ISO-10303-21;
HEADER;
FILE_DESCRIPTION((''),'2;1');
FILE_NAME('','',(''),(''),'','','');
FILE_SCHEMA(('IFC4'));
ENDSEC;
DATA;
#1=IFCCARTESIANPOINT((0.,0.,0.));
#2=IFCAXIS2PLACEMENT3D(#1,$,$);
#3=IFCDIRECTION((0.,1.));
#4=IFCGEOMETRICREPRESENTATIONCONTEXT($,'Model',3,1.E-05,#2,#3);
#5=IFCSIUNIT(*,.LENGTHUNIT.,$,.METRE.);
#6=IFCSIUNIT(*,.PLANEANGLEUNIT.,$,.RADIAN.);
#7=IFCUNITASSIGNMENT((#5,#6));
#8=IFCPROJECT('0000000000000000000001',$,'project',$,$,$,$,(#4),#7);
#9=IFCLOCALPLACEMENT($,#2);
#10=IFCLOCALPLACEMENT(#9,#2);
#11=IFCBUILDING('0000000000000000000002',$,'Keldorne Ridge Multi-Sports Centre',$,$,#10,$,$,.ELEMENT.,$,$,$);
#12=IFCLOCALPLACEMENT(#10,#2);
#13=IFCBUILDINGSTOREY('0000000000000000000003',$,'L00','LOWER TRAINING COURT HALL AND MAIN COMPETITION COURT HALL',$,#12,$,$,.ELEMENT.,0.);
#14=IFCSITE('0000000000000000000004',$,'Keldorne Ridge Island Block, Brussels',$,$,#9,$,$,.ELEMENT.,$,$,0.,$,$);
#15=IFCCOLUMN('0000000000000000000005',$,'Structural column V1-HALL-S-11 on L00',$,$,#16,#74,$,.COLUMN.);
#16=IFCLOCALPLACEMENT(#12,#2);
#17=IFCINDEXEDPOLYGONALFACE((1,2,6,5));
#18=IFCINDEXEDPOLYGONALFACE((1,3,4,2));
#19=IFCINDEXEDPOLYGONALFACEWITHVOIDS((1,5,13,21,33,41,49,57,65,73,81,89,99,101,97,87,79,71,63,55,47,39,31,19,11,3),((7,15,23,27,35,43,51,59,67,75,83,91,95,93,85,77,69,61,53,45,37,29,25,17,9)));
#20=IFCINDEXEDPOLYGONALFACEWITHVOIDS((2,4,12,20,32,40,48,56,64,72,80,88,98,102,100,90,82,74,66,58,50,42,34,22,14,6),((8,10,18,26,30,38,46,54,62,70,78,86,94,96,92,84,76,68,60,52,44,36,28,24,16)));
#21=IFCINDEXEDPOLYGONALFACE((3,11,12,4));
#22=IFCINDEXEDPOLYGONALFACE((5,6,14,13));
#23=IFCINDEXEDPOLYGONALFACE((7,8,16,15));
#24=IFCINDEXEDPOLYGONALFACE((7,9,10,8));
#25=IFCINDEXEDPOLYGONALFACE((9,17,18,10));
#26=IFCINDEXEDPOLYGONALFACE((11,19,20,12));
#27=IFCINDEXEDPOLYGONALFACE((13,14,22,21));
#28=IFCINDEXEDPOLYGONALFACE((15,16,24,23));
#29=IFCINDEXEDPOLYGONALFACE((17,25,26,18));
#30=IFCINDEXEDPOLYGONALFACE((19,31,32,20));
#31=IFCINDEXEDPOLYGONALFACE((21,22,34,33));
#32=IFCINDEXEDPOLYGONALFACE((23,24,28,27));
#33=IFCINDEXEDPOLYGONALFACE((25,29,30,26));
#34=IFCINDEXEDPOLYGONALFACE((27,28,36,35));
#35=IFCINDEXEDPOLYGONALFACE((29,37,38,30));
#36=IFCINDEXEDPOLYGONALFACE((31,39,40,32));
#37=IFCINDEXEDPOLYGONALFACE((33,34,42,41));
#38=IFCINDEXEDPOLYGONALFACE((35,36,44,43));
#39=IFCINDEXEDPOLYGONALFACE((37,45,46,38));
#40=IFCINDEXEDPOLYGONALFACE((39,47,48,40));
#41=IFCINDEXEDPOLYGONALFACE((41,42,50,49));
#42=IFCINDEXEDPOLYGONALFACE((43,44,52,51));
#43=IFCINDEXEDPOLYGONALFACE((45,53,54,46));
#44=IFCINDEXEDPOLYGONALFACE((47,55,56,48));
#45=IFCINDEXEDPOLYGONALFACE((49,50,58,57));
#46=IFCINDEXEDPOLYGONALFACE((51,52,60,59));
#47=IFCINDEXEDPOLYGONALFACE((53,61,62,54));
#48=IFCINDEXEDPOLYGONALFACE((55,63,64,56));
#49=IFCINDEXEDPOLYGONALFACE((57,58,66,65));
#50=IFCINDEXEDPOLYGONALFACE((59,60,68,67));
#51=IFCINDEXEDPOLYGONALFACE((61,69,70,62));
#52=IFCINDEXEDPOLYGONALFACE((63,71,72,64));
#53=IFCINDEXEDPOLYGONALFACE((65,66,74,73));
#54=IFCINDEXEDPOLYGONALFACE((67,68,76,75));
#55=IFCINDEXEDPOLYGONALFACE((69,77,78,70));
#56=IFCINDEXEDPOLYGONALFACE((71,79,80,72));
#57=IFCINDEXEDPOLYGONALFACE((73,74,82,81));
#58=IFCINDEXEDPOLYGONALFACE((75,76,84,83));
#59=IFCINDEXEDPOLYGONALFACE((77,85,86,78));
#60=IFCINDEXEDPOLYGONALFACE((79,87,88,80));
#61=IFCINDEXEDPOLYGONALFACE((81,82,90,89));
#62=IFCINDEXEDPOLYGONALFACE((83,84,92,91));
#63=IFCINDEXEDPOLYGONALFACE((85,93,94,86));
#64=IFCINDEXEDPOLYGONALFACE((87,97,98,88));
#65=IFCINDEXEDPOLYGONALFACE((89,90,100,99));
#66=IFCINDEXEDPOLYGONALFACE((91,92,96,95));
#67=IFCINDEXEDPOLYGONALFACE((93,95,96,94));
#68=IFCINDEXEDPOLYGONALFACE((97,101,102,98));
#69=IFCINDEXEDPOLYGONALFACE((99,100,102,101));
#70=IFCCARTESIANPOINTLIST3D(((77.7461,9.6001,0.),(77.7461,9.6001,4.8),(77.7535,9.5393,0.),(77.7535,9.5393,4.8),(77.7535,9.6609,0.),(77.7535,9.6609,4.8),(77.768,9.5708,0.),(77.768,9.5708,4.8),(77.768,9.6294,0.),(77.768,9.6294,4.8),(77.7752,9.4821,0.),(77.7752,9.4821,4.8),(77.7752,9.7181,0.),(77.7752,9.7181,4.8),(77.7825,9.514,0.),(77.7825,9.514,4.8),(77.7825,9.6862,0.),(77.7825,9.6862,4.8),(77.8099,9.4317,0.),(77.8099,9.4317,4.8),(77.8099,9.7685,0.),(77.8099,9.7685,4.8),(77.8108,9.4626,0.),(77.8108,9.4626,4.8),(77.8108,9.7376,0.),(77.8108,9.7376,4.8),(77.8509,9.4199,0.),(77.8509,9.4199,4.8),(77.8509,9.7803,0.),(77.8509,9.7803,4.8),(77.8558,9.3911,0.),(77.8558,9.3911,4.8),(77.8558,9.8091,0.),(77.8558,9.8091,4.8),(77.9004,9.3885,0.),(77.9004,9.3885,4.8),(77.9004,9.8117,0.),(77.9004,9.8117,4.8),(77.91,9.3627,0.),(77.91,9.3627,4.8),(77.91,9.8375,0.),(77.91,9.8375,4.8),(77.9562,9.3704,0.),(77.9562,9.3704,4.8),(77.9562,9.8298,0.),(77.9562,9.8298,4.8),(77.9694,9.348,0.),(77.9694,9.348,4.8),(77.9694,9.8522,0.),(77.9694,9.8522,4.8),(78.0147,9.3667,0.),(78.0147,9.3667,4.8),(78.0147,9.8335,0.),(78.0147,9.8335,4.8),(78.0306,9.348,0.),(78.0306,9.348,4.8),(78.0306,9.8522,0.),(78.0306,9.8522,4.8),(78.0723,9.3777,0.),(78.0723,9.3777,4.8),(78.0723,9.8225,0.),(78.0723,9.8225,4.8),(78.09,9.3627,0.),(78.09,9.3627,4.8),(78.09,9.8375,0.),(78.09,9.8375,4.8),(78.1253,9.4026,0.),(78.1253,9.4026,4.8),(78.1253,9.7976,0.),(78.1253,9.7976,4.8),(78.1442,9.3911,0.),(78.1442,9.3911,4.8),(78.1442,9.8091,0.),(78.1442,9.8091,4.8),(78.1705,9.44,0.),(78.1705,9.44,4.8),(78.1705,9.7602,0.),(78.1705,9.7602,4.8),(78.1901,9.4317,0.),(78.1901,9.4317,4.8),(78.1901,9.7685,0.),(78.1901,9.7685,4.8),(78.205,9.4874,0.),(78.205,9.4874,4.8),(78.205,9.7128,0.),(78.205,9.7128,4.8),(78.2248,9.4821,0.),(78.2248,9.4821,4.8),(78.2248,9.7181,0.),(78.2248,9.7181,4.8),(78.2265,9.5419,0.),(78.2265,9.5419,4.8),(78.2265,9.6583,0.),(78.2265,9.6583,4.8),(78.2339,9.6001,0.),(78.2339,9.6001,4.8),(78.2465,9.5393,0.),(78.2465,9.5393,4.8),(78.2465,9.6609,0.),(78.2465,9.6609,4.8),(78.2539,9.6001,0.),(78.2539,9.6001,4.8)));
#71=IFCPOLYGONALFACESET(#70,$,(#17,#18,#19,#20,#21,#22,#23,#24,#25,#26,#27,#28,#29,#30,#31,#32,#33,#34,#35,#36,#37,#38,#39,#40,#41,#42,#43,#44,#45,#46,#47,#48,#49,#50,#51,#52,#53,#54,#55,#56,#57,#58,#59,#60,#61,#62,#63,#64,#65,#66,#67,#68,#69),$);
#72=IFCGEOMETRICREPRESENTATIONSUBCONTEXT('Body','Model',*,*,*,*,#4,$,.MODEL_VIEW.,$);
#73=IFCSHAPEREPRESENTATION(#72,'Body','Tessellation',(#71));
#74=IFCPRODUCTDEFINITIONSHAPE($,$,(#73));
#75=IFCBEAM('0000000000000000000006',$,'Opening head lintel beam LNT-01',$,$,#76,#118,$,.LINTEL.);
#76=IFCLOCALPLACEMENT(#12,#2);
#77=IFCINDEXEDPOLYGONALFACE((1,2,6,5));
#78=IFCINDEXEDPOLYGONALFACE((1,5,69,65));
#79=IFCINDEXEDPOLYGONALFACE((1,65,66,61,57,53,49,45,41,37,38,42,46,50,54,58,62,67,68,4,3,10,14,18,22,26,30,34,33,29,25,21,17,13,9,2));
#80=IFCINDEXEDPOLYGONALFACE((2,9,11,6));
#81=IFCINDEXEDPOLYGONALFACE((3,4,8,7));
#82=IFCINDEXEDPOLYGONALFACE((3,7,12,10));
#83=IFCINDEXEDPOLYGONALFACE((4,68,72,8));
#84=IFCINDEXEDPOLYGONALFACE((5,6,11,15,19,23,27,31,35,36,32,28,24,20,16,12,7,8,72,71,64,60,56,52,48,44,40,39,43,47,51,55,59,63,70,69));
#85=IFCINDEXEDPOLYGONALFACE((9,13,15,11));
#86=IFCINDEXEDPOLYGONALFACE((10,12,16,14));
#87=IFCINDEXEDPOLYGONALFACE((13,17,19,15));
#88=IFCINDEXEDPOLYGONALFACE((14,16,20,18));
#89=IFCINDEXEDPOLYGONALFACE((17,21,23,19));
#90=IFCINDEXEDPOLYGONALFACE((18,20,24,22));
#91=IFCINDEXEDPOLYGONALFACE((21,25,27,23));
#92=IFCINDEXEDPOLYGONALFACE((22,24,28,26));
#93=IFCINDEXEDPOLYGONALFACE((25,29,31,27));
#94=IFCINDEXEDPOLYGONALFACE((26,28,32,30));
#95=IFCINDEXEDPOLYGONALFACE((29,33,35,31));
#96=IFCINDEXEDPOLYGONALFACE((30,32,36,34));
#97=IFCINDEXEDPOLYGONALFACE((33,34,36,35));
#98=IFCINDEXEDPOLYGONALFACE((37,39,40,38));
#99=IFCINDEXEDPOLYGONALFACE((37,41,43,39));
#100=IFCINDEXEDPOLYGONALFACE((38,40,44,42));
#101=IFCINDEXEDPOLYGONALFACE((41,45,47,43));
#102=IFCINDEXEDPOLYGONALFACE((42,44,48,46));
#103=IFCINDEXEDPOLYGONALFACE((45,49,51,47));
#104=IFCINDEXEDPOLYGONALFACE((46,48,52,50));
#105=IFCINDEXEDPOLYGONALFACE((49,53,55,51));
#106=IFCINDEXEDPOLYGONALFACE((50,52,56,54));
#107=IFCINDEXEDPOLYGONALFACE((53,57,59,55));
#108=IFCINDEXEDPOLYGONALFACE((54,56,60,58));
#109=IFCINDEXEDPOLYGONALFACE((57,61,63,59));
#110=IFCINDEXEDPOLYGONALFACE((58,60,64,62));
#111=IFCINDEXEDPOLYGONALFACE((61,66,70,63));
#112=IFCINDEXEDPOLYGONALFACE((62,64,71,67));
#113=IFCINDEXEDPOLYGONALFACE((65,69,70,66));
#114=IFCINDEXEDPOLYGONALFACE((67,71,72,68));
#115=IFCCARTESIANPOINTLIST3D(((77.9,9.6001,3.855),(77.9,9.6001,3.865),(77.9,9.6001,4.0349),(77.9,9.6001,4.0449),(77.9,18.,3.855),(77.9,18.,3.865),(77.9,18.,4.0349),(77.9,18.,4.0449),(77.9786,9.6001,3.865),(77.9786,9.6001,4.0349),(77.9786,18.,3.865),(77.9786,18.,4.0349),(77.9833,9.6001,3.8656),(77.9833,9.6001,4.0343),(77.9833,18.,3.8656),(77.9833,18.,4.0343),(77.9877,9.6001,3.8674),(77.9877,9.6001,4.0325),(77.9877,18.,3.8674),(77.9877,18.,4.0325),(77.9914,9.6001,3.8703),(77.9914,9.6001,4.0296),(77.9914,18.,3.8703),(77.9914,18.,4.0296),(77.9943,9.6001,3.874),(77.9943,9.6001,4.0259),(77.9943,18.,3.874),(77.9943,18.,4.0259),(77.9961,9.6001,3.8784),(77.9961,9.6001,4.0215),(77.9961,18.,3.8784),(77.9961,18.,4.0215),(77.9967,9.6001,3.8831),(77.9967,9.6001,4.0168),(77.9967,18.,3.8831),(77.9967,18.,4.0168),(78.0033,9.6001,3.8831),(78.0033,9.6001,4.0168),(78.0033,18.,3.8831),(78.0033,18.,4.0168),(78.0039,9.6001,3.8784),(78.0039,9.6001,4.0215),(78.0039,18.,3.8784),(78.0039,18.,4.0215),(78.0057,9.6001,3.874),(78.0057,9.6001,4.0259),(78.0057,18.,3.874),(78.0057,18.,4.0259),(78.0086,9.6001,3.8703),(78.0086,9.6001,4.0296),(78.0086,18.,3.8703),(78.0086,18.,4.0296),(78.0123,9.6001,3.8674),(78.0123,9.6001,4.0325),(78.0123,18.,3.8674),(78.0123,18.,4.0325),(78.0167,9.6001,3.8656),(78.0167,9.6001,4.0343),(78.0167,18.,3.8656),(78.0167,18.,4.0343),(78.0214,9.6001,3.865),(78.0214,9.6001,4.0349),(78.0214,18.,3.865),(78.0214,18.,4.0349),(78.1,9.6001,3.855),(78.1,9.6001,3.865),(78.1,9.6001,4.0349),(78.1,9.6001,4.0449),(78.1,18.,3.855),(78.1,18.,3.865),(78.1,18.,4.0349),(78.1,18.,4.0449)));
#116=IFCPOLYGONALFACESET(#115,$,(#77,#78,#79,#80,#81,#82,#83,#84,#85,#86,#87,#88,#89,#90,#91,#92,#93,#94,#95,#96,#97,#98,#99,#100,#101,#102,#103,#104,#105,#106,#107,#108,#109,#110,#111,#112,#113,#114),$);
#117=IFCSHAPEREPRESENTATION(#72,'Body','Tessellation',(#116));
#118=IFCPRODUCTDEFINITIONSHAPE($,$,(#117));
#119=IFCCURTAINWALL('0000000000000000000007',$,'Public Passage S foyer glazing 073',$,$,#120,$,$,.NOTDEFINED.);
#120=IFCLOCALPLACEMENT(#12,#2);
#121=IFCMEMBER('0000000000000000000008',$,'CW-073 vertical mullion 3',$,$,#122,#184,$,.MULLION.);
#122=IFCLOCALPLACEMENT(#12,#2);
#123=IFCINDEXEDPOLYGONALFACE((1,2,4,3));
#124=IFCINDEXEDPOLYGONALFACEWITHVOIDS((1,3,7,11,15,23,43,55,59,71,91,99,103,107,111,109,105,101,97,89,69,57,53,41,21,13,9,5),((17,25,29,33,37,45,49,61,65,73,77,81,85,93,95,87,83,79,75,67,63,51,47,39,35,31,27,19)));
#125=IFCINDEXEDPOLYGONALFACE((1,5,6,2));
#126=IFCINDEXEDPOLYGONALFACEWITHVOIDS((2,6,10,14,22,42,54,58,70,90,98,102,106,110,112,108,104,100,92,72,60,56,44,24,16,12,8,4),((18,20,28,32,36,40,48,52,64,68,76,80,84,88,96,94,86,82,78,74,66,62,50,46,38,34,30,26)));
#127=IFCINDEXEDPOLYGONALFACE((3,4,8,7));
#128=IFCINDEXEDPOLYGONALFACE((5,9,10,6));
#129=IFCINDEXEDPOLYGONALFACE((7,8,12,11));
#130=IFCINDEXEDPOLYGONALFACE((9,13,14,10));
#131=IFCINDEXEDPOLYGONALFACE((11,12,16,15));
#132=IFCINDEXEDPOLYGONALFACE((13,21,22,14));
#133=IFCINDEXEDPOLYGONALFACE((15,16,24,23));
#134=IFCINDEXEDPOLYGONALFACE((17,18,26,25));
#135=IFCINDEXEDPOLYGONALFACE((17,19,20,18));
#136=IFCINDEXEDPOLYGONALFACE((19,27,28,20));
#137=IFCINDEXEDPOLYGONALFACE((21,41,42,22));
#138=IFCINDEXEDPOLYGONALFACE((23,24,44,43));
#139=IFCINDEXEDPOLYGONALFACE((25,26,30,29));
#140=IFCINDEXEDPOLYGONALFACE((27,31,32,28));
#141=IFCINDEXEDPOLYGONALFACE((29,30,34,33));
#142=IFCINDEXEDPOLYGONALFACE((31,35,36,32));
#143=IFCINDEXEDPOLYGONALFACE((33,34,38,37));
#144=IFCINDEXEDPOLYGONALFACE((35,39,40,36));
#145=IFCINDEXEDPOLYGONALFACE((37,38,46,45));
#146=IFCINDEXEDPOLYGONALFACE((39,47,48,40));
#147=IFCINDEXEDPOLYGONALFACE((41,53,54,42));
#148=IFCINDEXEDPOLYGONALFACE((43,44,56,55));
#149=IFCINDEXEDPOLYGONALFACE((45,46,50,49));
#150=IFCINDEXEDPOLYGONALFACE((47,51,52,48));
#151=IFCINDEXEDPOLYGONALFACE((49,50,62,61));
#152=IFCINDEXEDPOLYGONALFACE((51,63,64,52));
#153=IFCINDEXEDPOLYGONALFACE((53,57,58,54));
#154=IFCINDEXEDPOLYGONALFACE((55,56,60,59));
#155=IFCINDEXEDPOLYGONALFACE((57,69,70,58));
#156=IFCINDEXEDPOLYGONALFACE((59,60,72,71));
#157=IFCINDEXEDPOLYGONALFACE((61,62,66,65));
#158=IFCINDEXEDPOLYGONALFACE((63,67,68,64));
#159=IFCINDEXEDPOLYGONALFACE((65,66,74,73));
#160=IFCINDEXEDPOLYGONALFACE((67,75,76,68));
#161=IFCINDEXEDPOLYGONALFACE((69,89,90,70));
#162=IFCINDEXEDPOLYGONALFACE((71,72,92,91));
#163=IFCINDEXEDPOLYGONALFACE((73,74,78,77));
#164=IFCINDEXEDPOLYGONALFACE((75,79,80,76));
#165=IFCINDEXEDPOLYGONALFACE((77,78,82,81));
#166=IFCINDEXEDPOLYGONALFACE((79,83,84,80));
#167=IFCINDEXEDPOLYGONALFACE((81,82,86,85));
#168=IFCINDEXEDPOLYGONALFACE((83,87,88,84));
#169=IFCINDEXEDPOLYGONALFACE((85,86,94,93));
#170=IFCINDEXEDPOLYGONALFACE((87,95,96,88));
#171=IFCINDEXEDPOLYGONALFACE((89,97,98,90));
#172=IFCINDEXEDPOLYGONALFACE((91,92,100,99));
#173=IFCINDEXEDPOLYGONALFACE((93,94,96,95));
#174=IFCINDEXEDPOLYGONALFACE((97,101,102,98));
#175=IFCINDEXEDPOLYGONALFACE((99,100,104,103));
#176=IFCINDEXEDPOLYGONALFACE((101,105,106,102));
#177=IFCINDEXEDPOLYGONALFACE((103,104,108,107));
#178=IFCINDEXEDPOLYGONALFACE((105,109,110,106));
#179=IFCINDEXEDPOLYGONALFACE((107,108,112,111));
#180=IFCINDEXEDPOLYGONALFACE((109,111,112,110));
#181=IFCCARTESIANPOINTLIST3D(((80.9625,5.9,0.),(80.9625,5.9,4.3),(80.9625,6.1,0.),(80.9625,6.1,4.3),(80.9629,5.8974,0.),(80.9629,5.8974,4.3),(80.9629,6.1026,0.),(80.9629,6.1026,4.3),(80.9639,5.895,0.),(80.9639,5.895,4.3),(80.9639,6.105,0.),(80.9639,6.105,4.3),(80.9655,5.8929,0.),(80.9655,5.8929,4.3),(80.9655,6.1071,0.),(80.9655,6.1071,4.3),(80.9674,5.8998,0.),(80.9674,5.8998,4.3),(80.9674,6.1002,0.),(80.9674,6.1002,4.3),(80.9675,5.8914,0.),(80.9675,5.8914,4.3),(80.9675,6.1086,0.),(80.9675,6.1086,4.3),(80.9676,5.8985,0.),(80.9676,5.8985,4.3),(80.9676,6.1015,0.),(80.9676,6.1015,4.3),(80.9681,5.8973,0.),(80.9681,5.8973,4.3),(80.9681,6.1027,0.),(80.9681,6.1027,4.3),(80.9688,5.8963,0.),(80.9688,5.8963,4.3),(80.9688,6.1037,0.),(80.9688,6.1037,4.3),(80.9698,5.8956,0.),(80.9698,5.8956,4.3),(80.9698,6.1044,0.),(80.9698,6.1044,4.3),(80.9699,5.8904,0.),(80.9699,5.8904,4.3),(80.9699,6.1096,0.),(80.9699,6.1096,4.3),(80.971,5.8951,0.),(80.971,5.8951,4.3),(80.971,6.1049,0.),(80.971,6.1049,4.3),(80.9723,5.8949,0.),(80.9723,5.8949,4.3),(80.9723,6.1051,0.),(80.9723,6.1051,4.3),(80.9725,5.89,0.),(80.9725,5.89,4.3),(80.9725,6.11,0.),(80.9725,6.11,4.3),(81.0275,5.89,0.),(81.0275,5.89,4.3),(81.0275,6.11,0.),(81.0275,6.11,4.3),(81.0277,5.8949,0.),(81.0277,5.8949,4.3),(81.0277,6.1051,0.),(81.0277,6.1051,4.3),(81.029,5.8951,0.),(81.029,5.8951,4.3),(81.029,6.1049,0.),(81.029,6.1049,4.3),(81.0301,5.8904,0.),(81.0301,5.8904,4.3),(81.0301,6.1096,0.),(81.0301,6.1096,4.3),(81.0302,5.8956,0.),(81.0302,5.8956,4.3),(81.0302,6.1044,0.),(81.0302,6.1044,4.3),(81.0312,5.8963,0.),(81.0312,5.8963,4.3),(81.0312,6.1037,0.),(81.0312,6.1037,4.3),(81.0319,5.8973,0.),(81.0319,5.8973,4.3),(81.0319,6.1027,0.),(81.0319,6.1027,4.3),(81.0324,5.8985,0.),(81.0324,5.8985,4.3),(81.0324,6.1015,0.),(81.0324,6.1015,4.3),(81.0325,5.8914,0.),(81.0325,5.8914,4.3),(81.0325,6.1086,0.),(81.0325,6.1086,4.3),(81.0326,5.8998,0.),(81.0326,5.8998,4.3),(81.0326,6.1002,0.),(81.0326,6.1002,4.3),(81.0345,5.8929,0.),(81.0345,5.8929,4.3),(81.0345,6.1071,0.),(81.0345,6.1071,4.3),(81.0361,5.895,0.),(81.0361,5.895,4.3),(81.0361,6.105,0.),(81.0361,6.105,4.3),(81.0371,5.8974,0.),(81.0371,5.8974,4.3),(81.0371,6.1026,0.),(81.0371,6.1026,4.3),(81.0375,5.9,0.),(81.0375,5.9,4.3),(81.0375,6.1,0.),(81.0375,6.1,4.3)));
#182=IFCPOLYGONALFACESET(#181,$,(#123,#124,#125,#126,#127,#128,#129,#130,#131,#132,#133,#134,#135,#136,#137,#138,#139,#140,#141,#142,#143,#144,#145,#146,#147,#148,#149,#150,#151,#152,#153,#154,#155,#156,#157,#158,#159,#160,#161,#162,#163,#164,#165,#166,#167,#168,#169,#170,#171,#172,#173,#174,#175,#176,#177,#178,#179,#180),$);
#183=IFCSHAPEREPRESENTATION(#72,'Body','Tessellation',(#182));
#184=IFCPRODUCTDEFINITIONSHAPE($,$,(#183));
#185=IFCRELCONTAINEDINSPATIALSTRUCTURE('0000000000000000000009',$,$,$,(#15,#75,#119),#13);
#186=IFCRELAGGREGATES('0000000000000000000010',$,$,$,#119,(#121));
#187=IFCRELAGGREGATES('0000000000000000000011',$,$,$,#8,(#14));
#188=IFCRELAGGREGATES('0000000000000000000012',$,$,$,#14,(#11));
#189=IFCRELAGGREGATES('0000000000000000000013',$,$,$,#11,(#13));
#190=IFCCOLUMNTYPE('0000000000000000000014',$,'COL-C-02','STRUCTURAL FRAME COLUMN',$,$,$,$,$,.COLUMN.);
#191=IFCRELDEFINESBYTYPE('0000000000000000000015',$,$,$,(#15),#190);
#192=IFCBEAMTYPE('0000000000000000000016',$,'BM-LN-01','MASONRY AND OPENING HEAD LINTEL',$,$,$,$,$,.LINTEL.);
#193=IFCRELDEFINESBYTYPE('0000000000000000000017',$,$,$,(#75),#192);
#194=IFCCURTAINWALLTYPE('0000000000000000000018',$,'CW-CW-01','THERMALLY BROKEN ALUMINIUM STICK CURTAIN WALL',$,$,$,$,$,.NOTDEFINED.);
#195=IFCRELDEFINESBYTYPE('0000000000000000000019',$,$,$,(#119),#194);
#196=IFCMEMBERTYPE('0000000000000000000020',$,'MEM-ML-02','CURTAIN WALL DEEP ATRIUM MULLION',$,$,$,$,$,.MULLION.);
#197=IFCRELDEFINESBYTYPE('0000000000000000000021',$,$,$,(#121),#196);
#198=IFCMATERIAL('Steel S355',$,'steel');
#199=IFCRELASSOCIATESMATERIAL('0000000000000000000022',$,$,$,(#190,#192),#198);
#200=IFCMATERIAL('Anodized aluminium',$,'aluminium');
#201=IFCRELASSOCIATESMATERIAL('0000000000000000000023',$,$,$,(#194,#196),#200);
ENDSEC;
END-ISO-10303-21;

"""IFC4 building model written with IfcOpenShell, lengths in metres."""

from ifc_helpers import new_model, si_unit, direction, frame, origin, origin_2d, place, context, subcontext, project, spatial, hollow_rectangle, hollow_circle, i_section, extrude, material, material_profile, profile_set, type_object, element, aggregate, save


model = new_model("IFC4")

# Units and contexts
model_context = context("Model", 3, precision=1e-05, world=origin(), true_north=direction((0.0, 1.0)))
body_context = subcontext(model_context, "Body", "Model", "MODEL_VIEW")
ifc_project = project(units=[si_unit("LENGTHUNIT", "METRE"), si_unit("PLANEANGLEUNIT", "RADIAN")], contexts=[model_context])

# Site, building, storey
site_placement = place(None, origin())
site = spatial("IfcSite", under=ifc_project, at=site_placement, Name="Keldorne Ridge Island Block, Brussels", CompositionType="ELEMENT", RefElevation=0.0)
building_placement = place(site_placement, origin())
building = spatial("IfcBuilding", under=site, at=building_placement, Name="Keldorne Ridge Multi-Sports Centre", CompositionType="ELEMENT")
storey_placement = place(building_placement, origin())
storey = spatial("IfcBuildingStorey", under=building, at=storey_placement, Name="L00", Description="LOWER TRAINING COURT HALL AND MAIN COMPETITION COURT HALL", CompositionType="ELEMENT", Elevation=0.0)

# Column
ifc_material_1 = material(Name="Steel S355", Category="steel")
ifc_material_profile_1 = material_profile(ifc_material_1, hollow_circle(Radius=0.2539, WallThickness=0.02, at=origin_2d()), Name="CHS 508x20")
ifc_profile_set_1 = profile_set([ifc_material_profile_1], Name="Steel S355")
column_type = type_object("IfcColumnType", Name="COL-C-02", Description="STRUCTURAL FRAME COLUMN", PredefinedType="COLUMN", material=ifc_profile_set_1)
column_placement = place(storey_placement, frame((78.0, 9.6001, 0.0), z_axis=(0.0, 0.0, 1.0), x_axis=(1.0, 0.0, 0.0)))
element("IfcColumn", 1, at=column_placement, inside=storey, type_object=column_type, Name="Structural column V1-HALL-S-11 on L00", PredefinedType="COLUMN", context=body_context, shape_type="SweptSolid", body=[
    extrude(hollow_circle(Radius=0.2539, WallThickness=0.02, at=origin_2d()), origin(), (0.0, 0.0, 1.0), 4.8),
])

# Beam
ifc_material_profile_2 = material_profile(ifc_material_1, i_section(OverallWidth=0.2, OverallDepth=0.1899, WebThickness=0.0066, FlangeThickness=0.01, FilletRadius=0.0181, at=origin_2d()), Name="HEA 200")
ifc_profile_set_2 = profile_set([ifc_material_profile_2], Name="Steel S355")
beam_type = type_object("IfcBeamType", Name="BM-LN-01", Description="MASONRY AND OPENING HEAD LINTEL", PredefinedType="LINTEL", material=ifc_profile_set_2)
beam_placement = place(storey_placement, frame((78.0, 9.6001, 3.95), z_axis=(0.0, 1.0, 0.0), x_axis=(-1.0, 0.0, 0.0)))
element("IfcBeam", 2, at=beam_placement, inside=storey, type_object=beam_type, Name="Opening head lintel beam LNT-01", PredefinedType="LINTEL", context=body_context, shape_type="SweptSolid", body=[
    extrude(i_section(OverallWidth=0.2, OverallDepth=0.1899, WebThickness=0.0066, FlangeThickness=0.01, FilletRadius=0.0181, at=origin_2d()), origin(), (0.0, 0.0, 1.0), 8.3999),
])

# Curtain wall, member
ifc_material_2 = material(Name="Anodized aluminium", Category="aluminium")
curtain_wall_type = type_object("IfcCurtainWallType", Name="CW-CW-01", Description="THERMALLY BROKEN ALUMINIUM STICK CURTAIN WALL", PredefinedType="NOTDEFINED", material=ifc_material_2)
curtain_wall_placement = place(storey_placement, origin())
curtain_wall = element("IfcCurtainWall", 3, at=curtain_wall_placement, inside=storey, type_object=curtain_wall_type, Name="Public Passage S foyer glazing 073", PredefinedType="NOTDEFINED")
ifc_material_profile_3 = material_profile(ifc_material_2, hollow_rectangle(XDim=0.075, YDim=0.22, WallThickness=0.0049, InnerFilletRadius=0.0049, OuterFilletRadius=0.01, at=origin_2d()), Name="ALU MULLION 220x75x5")
ifc_profile_set_3 = profile_set([ifc_material_profile_3], Name="Anodized aluminium")
member_type_1 = type_object("IfcMemberType", Name="MEM-ML-02", Description="CURTAIN WALL DEEP ATRIUM MULLION", PredefinedType="MULLION", material=ifc_profile_set_3)
member_1_placement = place(storey_placement, frame((81.0, 6.0, 0.0), z_axis=(0.0, 0.0, 1.0), x_axis=(1.0, 0.0, 0.0)))
member_1 = element("IfcMember", 4, at=member_1_placement, type_object=member_type_1, Name="CW-073 vertical mullion 3", PredefinedType="MULLION", context=body_context, shape_type="SweptSolid", body=[
    extrude(hollow_rectangle(XDim=0.075, YDim=0.22, WallThickness=0.0049, InnerFilletRadius=0.0049, OuterFilletRadius=0.01, at=origin_2d()), origin(), (0.0, 0.0, 1.0), 4.3),
])
aggregate(curtain_wall, [member_1])

save(model, "model.ifc")
